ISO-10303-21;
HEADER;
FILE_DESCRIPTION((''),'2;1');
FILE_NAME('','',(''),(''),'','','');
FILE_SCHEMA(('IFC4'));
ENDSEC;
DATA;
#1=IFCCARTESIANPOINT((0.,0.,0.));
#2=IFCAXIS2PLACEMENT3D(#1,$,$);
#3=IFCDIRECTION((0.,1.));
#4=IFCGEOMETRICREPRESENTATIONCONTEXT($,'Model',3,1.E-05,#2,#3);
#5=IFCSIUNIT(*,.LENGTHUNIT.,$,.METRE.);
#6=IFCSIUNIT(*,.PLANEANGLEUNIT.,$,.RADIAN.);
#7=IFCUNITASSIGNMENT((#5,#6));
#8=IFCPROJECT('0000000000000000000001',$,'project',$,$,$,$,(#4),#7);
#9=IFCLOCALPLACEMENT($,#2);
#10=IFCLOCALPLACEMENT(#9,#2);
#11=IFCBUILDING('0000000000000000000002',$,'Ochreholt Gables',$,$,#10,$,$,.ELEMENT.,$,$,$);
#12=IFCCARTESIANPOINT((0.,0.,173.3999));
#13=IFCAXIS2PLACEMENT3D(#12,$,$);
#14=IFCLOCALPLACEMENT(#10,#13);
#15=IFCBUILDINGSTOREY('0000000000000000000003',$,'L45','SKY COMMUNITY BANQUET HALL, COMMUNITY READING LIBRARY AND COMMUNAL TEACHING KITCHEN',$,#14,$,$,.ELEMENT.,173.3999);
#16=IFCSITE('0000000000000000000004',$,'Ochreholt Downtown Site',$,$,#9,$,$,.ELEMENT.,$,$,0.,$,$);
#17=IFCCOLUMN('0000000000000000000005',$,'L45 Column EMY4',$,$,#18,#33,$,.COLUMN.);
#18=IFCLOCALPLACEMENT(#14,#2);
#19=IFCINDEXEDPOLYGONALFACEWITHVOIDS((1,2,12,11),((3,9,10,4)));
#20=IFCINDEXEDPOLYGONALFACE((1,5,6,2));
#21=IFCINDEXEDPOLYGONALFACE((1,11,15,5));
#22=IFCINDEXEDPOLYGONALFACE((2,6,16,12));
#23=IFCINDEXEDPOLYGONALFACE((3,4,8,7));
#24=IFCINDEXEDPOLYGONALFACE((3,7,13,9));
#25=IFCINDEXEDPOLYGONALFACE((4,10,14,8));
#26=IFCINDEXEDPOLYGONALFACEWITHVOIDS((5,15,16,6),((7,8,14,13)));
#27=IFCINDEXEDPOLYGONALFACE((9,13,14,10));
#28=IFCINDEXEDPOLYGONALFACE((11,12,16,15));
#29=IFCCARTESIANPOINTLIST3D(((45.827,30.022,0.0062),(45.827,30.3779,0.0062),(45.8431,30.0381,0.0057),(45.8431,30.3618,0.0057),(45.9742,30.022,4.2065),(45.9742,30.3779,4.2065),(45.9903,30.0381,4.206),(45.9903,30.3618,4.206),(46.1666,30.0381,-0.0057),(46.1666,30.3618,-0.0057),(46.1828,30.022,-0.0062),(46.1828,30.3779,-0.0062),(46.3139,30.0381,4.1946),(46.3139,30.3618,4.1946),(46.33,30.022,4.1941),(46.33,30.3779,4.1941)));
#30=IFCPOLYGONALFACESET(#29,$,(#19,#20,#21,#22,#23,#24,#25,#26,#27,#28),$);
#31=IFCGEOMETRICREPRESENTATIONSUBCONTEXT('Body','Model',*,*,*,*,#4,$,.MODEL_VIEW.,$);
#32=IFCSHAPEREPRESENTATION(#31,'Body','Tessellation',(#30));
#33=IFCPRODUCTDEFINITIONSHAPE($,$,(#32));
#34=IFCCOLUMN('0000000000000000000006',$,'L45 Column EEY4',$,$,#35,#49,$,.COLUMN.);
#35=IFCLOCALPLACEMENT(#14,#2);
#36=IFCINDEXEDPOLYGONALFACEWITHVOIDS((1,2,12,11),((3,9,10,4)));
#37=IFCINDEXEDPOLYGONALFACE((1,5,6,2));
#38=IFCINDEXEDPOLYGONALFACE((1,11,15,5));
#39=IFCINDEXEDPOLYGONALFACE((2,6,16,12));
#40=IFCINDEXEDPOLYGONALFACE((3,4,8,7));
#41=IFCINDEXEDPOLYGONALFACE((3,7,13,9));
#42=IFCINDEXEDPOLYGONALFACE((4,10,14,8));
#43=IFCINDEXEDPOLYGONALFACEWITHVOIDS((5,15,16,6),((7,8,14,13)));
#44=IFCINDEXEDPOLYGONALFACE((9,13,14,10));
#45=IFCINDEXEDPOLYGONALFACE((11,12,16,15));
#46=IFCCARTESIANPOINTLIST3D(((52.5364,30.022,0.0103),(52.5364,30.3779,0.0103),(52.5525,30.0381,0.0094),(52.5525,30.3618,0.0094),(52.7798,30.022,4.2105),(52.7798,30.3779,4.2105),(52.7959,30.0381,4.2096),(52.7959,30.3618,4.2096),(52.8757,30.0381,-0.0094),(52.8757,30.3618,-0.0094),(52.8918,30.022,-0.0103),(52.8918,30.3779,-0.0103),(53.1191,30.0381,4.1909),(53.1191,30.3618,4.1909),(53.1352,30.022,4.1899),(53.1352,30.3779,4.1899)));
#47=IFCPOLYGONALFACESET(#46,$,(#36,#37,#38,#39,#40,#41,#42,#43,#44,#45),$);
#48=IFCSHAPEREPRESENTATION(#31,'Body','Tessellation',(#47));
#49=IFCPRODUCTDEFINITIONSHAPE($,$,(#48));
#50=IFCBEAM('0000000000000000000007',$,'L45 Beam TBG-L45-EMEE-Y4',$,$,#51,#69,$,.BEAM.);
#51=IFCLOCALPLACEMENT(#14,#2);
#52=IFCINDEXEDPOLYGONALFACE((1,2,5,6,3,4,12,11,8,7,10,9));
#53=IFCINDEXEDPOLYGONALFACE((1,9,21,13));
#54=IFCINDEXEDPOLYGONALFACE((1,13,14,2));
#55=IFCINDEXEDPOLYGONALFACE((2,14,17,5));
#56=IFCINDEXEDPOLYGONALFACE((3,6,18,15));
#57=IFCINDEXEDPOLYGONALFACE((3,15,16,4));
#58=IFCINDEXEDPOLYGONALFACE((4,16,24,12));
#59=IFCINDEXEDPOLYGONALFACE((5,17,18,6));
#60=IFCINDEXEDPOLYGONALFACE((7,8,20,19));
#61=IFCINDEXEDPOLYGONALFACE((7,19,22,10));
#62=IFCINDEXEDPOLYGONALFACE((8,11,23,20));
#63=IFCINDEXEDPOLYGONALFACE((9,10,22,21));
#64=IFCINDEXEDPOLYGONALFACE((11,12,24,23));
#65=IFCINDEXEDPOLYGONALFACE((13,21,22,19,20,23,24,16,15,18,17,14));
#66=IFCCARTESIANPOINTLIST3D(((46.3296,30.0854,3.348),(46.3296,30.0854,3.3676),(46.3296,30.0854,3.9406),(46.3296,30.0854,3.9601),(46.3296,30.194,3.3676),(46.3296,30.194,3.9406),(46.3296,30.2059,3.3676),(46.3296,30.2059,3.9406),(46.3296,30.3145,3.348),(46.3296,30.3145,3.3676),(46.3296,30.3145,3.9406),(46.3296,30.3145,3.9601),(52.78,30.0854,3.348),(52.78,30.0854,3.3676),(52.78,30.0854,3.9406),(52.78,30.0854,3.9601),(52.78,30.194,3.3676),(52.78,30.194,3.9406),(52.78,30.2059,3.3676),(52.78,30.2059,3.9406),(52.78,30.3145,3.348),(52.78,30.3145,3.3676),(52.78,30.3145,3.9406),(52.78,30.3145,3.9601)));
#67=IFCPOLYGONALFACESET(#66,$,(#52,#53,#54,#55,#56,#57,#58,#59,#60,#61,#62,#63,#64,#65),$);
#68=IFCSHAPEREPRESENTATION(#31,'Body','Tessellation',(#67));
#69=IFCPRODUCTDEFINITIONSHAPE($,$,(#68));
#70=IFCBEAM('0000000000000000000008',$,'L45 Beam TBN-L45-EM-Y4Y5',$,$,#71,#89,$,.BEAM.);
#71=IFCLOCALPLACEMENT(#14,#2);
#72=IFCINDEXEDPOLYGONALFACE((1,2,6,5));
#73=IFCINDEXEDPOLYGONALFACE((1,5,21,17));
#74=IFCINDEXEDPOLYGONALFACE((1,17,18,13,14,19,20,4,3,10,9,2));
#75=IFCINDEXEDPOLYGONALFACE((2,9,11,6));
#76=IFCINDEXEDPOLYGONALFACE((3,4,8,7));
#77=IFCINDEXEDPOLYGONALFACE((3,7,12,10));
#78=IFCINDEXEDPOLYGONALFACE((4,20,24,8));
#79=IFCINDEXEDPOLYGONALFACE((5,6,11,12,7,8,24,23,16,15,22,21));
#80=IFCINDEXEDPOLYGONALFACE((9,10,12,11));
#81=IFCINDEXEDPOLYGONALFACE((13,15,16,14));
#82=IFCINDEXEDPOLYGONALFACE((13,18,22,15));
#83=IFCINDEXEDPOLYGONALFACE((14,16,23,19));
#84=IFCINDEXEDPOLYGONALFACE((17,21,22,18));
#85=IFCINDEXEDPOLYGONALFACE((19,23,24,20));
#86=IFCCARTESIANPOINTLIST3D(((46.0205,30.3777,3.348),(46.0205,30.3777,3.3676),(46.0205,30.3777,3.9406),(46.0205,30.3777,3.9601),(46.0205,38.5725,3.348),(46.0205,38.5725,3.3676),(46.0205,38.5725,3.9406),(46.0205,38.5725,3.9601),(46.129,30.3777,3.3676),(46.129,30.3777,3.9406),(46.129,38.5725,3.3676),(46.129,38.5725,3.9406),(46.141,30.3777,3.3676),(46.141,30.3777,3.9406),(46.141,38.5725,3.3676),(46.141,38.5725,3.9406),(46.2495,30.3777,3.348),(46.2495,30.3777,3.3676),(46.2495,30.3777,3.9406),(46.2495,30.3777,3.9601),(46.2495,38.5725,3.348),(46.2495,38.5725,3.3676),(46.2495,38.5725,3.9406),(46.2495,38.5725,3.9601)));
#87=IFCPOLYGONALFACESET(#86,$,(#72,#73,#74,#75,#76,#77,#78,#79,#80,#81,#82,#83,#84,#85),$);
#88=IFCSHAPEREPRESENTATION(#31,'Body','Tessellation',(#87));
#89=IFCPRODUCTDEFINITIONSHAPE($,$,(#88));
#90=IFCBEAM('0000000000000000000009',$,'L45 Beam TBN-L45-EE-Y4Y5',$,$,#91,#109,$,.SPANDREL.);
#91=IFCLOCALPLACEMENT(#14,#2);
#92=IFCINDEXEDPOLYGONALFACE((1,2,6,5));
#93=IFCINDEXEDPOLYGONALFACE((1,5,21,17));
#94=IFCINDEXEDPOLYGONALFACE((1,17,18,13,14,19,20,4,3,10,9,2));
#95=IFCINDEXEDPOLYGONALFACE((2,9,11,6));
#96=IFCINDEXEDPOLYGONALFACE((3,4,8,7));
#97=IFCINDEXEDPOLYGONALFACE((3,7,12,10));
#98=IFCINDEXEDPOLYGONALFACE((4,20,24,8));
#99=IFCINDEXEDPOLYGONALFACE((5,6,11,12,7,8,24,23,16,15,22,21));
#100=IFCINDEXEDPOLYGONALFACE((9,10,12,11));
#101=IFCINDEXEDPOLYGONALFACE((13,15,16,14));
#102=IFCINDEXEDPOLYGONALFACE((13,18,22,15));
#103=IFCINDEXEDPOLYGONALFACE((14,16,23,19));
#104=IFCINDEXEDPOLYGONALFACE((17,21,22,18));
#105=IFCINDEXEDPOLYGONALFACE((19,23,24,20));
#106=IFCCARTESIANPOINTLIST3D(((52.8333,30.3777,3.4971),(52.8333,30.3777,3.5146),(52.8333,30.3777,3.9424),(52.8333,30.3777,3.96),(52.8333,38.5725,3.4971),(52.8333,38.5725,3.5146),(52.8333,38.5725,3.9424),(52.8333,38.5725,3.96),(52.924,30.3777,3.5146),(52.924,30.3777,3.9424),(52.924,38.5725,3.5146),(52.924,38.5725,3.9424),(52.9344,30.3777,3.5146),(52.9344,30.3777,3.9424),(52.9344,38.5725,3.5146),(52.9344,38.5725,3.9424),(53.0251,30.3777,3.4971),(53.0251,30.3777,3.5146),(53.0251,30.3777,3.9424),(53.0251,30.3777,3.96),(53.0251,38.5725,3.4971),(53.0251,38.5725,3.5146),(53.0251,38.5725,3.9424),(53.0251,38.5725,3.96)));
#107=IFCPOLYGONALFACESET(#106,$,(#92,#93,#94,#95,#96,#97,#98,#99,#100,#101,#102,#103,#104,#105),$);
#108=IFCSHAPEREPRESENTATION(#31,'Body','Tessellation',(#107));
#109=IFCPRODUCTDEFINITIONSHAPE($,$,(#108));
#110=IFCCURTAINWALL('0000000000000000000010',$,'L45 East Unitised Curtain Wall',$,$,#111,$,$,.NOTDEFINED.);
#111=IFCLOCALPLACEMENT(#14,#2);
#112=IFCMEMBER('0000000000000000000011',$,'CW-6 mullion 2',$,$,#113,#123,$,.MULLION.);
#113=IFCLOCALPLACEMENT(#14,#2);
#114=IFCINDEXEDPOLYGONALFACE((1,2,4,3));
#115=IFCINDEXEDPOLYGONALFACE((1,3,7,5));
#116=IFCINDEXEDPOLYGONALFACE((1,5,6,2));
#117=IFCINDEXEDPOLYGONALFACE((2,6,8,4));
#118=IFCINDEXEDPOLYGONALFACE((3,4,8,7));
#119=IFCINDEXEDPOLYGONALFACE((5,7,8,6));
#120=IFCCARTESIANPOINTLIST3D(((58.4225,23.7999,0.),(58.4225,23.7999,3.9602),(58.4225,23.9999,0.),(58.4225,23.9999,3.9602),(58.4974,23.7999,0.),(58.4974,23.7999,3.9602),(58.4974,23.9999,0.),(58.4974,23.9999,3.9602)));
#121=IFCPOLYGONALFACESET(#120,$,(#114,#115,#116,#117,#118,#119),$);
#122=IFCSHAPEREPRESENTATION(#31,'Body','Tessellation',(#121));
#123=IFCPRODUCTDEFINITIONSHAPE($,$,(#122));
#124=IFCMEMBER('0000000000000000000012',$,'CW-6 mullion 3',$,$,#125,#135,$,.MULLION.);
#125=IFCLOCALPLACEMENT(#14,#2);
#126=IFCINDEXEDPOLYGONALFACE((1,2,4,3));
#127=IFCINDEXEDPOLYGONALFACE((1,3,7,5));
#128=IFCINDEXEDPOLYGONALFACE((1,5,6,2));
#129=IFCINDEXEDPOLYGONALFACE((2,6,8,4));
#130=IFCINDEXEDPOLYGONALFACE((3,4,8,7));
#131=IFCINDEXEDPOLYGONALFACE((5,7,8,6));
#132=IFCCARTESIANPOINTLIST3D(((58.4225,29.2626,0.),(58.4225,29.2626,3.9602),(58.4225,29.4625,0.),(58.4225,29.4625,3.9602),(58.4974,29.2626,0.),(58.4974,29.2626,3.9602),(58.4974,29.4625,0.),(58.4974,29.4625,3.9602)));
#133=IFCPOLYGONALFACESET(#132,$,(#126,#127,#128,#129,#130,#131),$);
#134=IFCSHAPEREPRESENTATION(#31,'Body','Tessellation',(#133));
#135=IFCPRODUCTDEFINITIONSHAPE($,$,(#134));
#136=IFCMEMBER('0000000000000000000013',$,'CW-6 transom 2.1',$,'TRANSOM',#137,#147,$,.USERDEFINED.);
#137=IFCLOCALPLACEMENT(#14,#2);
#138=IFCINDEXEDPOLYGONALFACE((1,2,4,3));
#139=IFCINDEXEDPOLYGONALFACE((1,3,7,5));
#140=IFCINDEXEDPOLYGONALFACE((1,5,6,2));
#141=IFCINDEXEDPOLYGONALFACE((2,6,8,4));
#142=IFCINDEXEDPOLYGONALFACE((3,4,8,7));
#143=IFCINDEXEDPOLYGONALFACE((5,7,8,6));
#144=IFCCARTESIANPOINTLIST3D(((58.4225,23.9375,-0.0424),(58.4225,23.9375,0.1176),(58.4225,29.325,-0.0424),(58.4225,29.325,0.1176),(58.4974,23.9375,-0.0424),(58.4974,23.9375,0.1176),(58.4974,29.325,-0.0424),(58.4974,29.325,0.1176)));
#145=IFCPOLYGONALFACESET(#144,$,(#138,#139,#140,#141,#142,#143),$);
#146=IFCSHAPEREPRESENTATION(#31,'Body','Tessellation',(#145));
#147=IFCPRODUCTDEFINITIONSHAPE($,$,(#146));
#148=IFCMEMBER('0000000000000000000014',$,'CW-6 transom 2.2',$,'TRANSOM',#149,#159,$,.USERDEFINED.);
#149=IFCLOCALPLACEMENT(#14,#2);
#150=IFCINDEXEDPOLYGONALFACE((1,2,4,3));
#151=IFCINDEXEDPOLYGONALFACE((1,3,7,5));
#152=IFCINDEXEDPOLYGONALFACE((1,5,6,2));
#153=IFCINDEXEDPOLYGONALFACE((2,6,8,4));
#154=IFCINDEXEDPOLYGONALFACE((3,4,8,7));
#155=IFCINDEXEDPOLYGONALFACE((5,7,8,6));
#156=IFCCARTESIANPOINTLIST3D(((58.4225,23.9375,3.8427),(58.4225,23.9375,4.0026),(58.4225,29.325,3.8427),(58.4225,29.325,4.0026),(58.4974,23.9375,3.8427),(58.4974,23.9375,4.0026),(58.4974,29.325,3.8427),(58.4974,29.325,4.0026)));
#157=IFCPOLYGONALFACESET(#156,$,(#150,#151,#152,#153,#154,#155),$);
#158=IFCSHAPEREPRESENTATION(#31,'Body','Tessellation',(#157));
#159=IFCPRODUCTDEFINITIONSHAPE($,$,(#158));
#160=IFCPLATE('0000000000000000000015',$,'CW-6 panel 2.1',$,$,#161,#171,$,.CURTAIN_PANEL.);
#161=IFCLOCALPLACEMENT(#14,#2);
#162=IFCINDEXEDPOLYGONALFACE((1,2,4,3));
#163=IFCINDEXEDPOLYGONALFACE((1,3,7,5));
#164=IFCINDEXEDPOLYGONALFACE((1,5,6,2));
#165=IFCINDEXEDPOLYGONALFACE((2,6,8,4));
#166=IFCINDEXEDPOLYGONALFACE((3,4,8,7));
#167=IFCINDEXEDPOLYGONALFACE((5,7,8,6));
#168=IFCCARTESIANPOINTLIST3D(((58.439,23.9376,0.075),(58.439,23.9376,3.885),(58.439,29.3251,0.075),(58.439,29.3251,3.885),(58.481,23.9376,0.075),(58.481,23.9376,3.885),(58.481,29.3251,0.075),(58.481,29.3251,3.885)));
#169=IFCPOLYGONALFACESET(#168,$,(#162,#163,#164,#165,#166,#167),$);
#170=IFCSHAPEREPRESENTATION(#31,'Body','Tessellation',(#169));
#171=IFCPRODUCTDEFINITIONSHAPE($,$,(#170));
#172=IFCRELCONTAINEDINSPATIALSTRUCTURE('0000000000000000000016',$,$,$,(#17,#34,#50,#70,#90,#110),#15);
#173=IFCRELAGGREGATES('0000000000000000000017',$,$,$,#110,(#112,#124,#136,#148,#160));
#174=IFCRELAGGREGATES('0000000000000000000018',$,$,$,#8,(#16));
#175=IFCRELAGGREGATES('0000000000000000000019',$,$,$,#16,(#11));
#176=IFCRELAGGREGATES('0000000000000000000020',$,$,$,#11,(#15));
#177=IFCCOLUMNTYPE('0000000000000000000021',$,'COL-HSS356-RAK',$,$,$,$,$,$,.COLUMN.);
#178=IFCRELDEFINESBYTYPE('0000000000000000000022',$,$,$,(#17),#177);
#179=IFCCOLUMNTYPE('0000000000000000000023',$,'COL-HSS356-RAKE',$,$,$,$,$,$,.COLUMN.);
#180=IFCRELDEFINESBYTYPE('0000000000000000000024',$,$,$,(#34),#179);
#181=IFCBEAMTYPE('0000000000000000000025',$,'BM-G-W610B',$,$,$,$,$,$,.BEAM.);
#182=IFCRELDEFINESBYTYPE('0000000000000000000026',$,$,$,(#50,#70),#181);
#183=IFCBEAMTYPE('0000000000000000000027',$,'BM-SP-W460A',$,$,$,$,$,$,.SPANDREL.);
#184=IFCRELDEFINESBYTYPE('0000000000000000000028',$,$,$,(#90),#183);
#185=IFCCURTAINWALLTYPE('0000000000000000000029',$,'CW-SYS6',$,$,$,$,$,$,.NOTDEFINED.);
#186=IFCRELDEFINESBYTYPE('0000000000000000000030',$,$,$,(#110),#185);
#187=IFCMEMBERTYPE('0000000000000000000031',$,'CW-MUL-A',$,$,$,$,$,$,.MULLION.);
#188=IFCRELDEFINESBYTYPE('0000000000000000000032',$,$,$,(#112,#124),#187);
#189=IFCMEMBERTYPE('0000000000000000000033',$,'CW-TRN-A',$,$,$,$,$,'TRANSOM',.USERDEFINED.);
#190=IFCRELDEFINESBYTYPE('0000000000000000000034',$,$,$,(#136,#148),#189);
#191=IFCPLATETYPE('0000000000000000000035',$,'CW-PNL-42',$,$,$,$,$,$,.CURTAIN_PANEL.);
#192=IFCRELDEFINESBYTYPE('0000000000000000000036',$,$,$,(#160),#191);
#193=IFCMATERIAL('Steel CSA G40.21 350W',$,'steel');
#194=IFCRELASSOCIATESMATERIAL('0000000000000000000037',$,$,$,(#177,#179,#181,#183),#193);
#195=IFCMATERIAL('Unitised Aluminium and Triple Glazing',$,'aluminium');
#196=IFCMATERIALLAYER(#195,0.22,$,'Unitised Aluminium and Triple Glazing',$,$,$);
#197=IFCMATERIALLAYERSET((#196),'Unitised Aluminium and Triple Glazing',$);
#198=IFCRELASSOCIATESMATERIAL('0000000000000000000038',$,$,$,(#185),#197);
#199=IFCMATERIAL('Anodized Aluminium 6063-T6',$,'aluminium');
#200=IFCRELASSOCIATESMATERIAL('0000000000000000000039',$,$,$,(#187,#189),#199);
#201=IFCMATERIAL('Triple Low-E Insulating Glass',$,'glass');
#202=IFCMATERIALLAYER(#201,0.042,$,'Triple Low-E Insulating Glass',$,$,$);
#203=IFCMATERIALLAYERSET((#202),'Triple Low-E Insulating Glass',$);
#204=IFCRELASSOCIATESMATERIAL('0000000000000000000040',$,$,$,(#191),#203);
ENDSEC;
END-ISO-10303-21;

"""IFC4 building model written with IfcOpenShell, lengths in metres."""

from ifc_helpers import new_model, si_unit, direction, frame, origin, origin_2d, place, context, subcontext, project, spatial, rectangle, hollow_rectangle, i_section, extrude, material, layer, layer_set, material_profile, profile_set, type_object, element, aggregate, save


model = new_model("IFC4")

# Units and contexts
model_context = context("Model", 3, precision=1e-05, world=origin(), true_north=direction((0.0, 1.0)))
body_context = subcontext(model_context, "Body", "Model", "MODEL_VIEW")
ifc_project = project(units=[si_unit("LENGTHUNIT", "METRE"), si_unit("PLANEANGLEUNIT", "RADIAN")], contexts=[model_context])

# Site, building, storey
site_placement = place(None, origin())
site = spatial("IfcSite", under=ifc_project, at=site_placement, Name="Ochreholt Downtown Site", CompositionType="ELEMENT", RefElevation=0.0)
building_placement = place(site_placement, origin())
building = spatial("IfcBuilding", under=site, at=building_placement, Name="Ochreholt Gables", CompositionType="ELEMENT")
storey_placement = place(building_placement, frame((0.0, 0.0, 173.3999)))
storey = spatial("IfcBuildingStorey", under=building, at=storey_placement, Name="L45", Description="SKY COMMUNITY BANQUET HALL, COMMUNITY READING LIBRARY AND COMMUNAL TEACHING KITCHEN", CompositionType="ELEMENT", Elevation=173.3999)

# Columns
ifc_material_1 = material(Name="Steel CSA G40.21 350W", Category="steel")
ifc_material_profile_1 = material_profile(ifc_material_1, hollow_rectangle(XDim=0.356, YDim=0.356, WallThickness=0.0161, at=origin_2d()), Name="HSS356X356X16")
ifc_profile_set_1 = profile_set([ifc_material_profile_1], Name="Steel CSA G40.21 350W")
column_type_1 = type_object("IfcColumnType", Name="COL-HSS356-RAK", PredefinedType="COLUMN", material=ifc_profile_set_1)
column_1_placement = place(storey_placement, frame((46.0049, 30.2, 0.0), z_axis=(0.035028, 0.0, 0.999386), x_axis=(0.0, 1.0, 0.0)))
element("IfcColumn", 1, at=column_1_placement, inside=storey, type_object=column_type_1, Name="L45 Column EMY4", PredefinedType="COLUMN", context=body_context, shape_type="SweptSolid", body=[
    extrude(hollow_rectangle(XDim=0.356, YDim=0.356, WallThickness=0.0161, at=origin_2d()), origin(), (0.0, 0.0, 1.0), 4.2029),
])
ifc_material_profile_2 = material_profile(ifc_material_1, hollow_rectangle(XDim=0.356, YDim=0.356, WallThickness=0.0161, at=origin_2d()), Name="HSS356X356X16")
ifc_profile_set_2 = profile_set([ifc_material_profile_2], Name="Steel CSA G40.21 350W")
column_type_2 = type_object("IfcColumnType", Name="COL-HSS356-RAKE", PredefinedType="COLUMN", material=ifc_profile_set_2)
column_2_placement = place(storey_placement, frame((52.7141, 30.2, 0.0), z_axis=(0.057855, 0.0, 0.998325), x_axis=(0.0, 1.0, 0.0)))
element("IfcColumn", 2, at=column_2_placement, inside=storey, type_object=column_type_2, Name="L45 Column EEY4", PredefinedType="COLUMN", context=body_context, shape_type="SweptSolid", body=[
    extrude(hollow_rectangle(XDim=0.356, YDim=0.356, WallThickness=0.0161, at=origin_2d()), origin(), (0.0, 0.0, 1.0), 4.2073),
])

# Beams
ifc_material_profile_3 = material_profile(ifc_material_1, i_section(OverallWidth=0.229, OverallDepth=0.6121, WebThickness=0.012, FlangeThickness=0.0195, at=origin_2d()), Name="W610X125")
ifc_profile_set_3 = profile_set([ifc_material_profile_3], Name="Steel CSA G40.21 350W")
beam_type_1 = type_object("IfcBeamType", Name="BM-G-W610B", PredefinedType="BEAM", material=ifc_profile_set_3)
beam_1_placement = place(storey_placement, frame((46.3296, 30.2, 3.6541), z_axis=(1.0, 0.0, 0.0), x_axis=(0.0, 1.0, 0.0)))
element("IfcBeam", 3, at=beam_1_placement, inside=storey, type_object=beam_type_1, Name="L45 Beam TBG-L45-EMEE-Y4", PredefinedType="BEAM", context=body_context, shape_type="SweptSolid", body=[
    extrude(i_section(OverallWidth=0.229, OverallDepth=0.6121, WebThickness=0.012, FlangeThickness=0.0195, at=origin_2d()), origin(), (0.0, 0.0, 1.0), 6.4504),
])
beam_2_placement = place(storey_placement, frame((46.135, 30.3777, 3.6541), z_axis=(0.0, 1.0, 0.0), x_axis=(-1.0, 0.0, 0.0)))
element("IfcBeam", 4, at=beam_2_placement, inside=storey, type_object=beam_type_1, Name="L45 Beam TBN-L45-EM-Y4Y5", PredefinedType="BEAM", context=body_context, shape_type="SweptSolid", body=[
    extrude(i_section(OverallWidth=0.229, OverallDepth=0.6121, WebThickness=0.012, FlangeThickness=0.0195, at=origin_2d()), origin(), (0.0, 0.0, 1.0), 8.1948),
])
ifc_material_profile_4 = material_profile(ifc_material_1, i_section(OverallWidth=0.1919, OverallDepth=0.4629, WebThickness=0.0105, FlangeThickness=0.0176, at=origin_2d()), Name="W460X89")
ifc_profile_set_4 = profile_set([ifc_material_profile_4], Name="Steel CSA G40.21 350W")
beam_type_2 = type_object("IfcBeamType", Name="BM-SP-W460A", PredefinedType="SPANDREL", material=ifc_profile_set_4)
beam_3_placement = place(storey_placement, frame((52.9292, 30.3777, 3.7285), z_axis=(0.0, 1.0, 0.0), x_axis=(-1.0, 0.0, 0.0)))
element("IfcBeam", 5, at=beam_3_placement, inside=storey, type_object=beam_type_2, Name="L45 Beam TBN-L45-EE-Y4Y5", PredefinedType="SPANDREL", context=body_context, shape_type="SweptSolid", body=[
    extrude(i_section(OverallWidth=0.1919, OverallDepth=0.4629, WebThickness=0.0105, FlangeThickness=0.0176, at=origin_2d()), origin(), (0.0, 0.0, 1.0), 8.1948),
])

# Curtain wall, members, plate
ifc_material_2 = material(Name="Unitised Aluminium and Triple Glazing", Category="aluminium")
ifc_layer_1 = layer(ifc_material_2, 0.22, Name="Unitised Aluminium and Triple Glazing")
ifc_layer_set_1 = layer_set([ifc_layer_1], Name="Unitised Aluminium and Triple Glazing")
curtain_wall_type = type_object("IfcCurtainWallType", Name="CW-SYS6", PredefinedType="NOTDEFINED", material=ifc_layer_set_1)
curtain_wall_placement = place(storey_placement, origin())
curtain_wall = element("IfcCurtainWall", 6, at=curtain_wall_placement, inside=storey, type_object=curtain_wall_type, Name="L45 East Unitised Curtain Wall", PredefinedType="NOTDEFINED")
ifc_material_3 = material(Name="Anodized Aluminium 6063-T6", Category="aluminium")
ifc_material_profile_5 = material_profile(ifc_material_3, rectangle(XDim=0.075, YDim=0.2, at=origin_2d()), Name="CWM75X200")
ifc_profile_set_5 = profile_set([ifc_material_profile_5], Name="Anodized Aluminium 6063-T6")
member_type_1 = type_object("IfcMemberType", Name="CW-MUL-A", PredefinedType="MULLION", material=ifc_profile_set_5)
member_1_placement = place(storey_placement, frame((58.46, 23.8999, 0.0), z_axis=(0.0, 0.0, 1.0), x_axis=(-1.0, 0.0, 0.0)))
member_1 = element("IfcMember", 7, at=member_1_placement, type_object=member_type_1, Name="CW-6 mullion 2", PredefinedType="MULLION", context=body_context, shape_type="SweptSolid", body=[
    extrude(rectangle(XDim=0.075, YDim=0.2, at=origin_2d()), origin(), (0.0, 0.0, 1.0), 3.9602),
])
member_2_placement = place(storey_placement, frame((58.46, 29.3625, 0.0), z_axis=(0.0, 0.0, 1.0), x_axis=(-1.0, 0.0, 0.0)))
member_2 = element("IfcMember", 8, at=member_2_placement, type_object=member_type_1, Name="CW-6 mullion 3", PredefinedType="MULLION", context=body_context, shape_type="SweptSolid", body=[
    extrude(rectangle(XDim=0.075, YDim=0.2, at=origin_2d()), origin(), (0.0, 0.0, 1.0), 3.9602),
])
ifc_material_profile_6 = material_profile(ifc_material_3, rectangle(XDim=0.075, YDim=0.1599, at=origin_2d()), Name="CWT75X160")
ifc_profile_set_6 = profile_set([ifc_material_profile_6], Name="Anodized Aluminium 6063-T6")
member_type_2 = type_object("IfcMemberType", Name="CW-TRN-A", ElementType="TRANSOM", PredefinedType="USERDEFINED", material=ifc_profile_set_6)
member_3_placement = place(storey_placement, frame((58.46, 23.9375, 0.0376), z_axis=(0.0, 1.0, 0.0), x_axis=(-1.0, 0.0, 0.0)))
member_3 = element("IfcMember", 9, at=member_3_placement, type_object=member_type_2, Name="CW-6 transom 2.1", ObjectType="TRANSOM", PredefinedType="USERDEFINED", context=body_context, shape_type="SweptSolid", body=[
    extrude(rectangle(XDim=0.075, YDim=0.1599, at=origin_2d()), origin(), (0.0, 0.0, 1.0), 5.3875),
])
member_4_placement = place(storey_placement, frame((58.46, 23.9375, 3.9226), z_axis=(0.0, 1.0, 0.0), x_axis=(-1.0, 0.0, 0.0)))
member_4 = element("IfcMember", 10, at=member_4_placement, type_object=member_type_2, Name="CW-6 transom 2.2", ObjectType="TRANSOM", PredefinedType="USERDEFINED", context=body_context, shape_type="SweptSolid", body=[
    extrude(rectangle(XDim=0.075, YDim=0.1599, at=origin_2d()), origin(), (0.0, 0.0, 1.0), 5.3875),
])
ifc_material_4 = material(Name="Triple Low-E Insulating Glass", Category="glass")
ifc_layer_2 = layer(ifc_material_4, 0.042, Name="Triple Low-E Insulating Glass")
ifc_layer_set_2 = layer_set([ifc_layer_2], Name="Triple Low-E Insulating Glass")
plate_type = type_object("IfcPlateType", Name="CW-PNL-42", PredefinedType="CURTAIN_PANEL", material=ifc_layer_set_2)
plate_placement = place(storey_placement, frame((58.46, 26.6313, 0.075), z_axis=(0.0, 0.0, 1.0), x_axis=(0.0, 1.0, 0.0)))
plate = element("IfcPlate", 11, at=plate_placement, type_object=plate_type, Name="CW-6 panel 2.1", PredefinedType="CURTAIN_PANEL", context=body_context, shape_type="SweptSolid", body=[
    extrude(rectangle(XDim=5.3875, YDim=0.042, at=origin_2d()), origin(), (0.0, 0.0, 1.0), 3.8101),
])
aggregate(curtain_wall, [member_1, member_2, member_3, member_4, plate])

save(model, "model.ifc")
